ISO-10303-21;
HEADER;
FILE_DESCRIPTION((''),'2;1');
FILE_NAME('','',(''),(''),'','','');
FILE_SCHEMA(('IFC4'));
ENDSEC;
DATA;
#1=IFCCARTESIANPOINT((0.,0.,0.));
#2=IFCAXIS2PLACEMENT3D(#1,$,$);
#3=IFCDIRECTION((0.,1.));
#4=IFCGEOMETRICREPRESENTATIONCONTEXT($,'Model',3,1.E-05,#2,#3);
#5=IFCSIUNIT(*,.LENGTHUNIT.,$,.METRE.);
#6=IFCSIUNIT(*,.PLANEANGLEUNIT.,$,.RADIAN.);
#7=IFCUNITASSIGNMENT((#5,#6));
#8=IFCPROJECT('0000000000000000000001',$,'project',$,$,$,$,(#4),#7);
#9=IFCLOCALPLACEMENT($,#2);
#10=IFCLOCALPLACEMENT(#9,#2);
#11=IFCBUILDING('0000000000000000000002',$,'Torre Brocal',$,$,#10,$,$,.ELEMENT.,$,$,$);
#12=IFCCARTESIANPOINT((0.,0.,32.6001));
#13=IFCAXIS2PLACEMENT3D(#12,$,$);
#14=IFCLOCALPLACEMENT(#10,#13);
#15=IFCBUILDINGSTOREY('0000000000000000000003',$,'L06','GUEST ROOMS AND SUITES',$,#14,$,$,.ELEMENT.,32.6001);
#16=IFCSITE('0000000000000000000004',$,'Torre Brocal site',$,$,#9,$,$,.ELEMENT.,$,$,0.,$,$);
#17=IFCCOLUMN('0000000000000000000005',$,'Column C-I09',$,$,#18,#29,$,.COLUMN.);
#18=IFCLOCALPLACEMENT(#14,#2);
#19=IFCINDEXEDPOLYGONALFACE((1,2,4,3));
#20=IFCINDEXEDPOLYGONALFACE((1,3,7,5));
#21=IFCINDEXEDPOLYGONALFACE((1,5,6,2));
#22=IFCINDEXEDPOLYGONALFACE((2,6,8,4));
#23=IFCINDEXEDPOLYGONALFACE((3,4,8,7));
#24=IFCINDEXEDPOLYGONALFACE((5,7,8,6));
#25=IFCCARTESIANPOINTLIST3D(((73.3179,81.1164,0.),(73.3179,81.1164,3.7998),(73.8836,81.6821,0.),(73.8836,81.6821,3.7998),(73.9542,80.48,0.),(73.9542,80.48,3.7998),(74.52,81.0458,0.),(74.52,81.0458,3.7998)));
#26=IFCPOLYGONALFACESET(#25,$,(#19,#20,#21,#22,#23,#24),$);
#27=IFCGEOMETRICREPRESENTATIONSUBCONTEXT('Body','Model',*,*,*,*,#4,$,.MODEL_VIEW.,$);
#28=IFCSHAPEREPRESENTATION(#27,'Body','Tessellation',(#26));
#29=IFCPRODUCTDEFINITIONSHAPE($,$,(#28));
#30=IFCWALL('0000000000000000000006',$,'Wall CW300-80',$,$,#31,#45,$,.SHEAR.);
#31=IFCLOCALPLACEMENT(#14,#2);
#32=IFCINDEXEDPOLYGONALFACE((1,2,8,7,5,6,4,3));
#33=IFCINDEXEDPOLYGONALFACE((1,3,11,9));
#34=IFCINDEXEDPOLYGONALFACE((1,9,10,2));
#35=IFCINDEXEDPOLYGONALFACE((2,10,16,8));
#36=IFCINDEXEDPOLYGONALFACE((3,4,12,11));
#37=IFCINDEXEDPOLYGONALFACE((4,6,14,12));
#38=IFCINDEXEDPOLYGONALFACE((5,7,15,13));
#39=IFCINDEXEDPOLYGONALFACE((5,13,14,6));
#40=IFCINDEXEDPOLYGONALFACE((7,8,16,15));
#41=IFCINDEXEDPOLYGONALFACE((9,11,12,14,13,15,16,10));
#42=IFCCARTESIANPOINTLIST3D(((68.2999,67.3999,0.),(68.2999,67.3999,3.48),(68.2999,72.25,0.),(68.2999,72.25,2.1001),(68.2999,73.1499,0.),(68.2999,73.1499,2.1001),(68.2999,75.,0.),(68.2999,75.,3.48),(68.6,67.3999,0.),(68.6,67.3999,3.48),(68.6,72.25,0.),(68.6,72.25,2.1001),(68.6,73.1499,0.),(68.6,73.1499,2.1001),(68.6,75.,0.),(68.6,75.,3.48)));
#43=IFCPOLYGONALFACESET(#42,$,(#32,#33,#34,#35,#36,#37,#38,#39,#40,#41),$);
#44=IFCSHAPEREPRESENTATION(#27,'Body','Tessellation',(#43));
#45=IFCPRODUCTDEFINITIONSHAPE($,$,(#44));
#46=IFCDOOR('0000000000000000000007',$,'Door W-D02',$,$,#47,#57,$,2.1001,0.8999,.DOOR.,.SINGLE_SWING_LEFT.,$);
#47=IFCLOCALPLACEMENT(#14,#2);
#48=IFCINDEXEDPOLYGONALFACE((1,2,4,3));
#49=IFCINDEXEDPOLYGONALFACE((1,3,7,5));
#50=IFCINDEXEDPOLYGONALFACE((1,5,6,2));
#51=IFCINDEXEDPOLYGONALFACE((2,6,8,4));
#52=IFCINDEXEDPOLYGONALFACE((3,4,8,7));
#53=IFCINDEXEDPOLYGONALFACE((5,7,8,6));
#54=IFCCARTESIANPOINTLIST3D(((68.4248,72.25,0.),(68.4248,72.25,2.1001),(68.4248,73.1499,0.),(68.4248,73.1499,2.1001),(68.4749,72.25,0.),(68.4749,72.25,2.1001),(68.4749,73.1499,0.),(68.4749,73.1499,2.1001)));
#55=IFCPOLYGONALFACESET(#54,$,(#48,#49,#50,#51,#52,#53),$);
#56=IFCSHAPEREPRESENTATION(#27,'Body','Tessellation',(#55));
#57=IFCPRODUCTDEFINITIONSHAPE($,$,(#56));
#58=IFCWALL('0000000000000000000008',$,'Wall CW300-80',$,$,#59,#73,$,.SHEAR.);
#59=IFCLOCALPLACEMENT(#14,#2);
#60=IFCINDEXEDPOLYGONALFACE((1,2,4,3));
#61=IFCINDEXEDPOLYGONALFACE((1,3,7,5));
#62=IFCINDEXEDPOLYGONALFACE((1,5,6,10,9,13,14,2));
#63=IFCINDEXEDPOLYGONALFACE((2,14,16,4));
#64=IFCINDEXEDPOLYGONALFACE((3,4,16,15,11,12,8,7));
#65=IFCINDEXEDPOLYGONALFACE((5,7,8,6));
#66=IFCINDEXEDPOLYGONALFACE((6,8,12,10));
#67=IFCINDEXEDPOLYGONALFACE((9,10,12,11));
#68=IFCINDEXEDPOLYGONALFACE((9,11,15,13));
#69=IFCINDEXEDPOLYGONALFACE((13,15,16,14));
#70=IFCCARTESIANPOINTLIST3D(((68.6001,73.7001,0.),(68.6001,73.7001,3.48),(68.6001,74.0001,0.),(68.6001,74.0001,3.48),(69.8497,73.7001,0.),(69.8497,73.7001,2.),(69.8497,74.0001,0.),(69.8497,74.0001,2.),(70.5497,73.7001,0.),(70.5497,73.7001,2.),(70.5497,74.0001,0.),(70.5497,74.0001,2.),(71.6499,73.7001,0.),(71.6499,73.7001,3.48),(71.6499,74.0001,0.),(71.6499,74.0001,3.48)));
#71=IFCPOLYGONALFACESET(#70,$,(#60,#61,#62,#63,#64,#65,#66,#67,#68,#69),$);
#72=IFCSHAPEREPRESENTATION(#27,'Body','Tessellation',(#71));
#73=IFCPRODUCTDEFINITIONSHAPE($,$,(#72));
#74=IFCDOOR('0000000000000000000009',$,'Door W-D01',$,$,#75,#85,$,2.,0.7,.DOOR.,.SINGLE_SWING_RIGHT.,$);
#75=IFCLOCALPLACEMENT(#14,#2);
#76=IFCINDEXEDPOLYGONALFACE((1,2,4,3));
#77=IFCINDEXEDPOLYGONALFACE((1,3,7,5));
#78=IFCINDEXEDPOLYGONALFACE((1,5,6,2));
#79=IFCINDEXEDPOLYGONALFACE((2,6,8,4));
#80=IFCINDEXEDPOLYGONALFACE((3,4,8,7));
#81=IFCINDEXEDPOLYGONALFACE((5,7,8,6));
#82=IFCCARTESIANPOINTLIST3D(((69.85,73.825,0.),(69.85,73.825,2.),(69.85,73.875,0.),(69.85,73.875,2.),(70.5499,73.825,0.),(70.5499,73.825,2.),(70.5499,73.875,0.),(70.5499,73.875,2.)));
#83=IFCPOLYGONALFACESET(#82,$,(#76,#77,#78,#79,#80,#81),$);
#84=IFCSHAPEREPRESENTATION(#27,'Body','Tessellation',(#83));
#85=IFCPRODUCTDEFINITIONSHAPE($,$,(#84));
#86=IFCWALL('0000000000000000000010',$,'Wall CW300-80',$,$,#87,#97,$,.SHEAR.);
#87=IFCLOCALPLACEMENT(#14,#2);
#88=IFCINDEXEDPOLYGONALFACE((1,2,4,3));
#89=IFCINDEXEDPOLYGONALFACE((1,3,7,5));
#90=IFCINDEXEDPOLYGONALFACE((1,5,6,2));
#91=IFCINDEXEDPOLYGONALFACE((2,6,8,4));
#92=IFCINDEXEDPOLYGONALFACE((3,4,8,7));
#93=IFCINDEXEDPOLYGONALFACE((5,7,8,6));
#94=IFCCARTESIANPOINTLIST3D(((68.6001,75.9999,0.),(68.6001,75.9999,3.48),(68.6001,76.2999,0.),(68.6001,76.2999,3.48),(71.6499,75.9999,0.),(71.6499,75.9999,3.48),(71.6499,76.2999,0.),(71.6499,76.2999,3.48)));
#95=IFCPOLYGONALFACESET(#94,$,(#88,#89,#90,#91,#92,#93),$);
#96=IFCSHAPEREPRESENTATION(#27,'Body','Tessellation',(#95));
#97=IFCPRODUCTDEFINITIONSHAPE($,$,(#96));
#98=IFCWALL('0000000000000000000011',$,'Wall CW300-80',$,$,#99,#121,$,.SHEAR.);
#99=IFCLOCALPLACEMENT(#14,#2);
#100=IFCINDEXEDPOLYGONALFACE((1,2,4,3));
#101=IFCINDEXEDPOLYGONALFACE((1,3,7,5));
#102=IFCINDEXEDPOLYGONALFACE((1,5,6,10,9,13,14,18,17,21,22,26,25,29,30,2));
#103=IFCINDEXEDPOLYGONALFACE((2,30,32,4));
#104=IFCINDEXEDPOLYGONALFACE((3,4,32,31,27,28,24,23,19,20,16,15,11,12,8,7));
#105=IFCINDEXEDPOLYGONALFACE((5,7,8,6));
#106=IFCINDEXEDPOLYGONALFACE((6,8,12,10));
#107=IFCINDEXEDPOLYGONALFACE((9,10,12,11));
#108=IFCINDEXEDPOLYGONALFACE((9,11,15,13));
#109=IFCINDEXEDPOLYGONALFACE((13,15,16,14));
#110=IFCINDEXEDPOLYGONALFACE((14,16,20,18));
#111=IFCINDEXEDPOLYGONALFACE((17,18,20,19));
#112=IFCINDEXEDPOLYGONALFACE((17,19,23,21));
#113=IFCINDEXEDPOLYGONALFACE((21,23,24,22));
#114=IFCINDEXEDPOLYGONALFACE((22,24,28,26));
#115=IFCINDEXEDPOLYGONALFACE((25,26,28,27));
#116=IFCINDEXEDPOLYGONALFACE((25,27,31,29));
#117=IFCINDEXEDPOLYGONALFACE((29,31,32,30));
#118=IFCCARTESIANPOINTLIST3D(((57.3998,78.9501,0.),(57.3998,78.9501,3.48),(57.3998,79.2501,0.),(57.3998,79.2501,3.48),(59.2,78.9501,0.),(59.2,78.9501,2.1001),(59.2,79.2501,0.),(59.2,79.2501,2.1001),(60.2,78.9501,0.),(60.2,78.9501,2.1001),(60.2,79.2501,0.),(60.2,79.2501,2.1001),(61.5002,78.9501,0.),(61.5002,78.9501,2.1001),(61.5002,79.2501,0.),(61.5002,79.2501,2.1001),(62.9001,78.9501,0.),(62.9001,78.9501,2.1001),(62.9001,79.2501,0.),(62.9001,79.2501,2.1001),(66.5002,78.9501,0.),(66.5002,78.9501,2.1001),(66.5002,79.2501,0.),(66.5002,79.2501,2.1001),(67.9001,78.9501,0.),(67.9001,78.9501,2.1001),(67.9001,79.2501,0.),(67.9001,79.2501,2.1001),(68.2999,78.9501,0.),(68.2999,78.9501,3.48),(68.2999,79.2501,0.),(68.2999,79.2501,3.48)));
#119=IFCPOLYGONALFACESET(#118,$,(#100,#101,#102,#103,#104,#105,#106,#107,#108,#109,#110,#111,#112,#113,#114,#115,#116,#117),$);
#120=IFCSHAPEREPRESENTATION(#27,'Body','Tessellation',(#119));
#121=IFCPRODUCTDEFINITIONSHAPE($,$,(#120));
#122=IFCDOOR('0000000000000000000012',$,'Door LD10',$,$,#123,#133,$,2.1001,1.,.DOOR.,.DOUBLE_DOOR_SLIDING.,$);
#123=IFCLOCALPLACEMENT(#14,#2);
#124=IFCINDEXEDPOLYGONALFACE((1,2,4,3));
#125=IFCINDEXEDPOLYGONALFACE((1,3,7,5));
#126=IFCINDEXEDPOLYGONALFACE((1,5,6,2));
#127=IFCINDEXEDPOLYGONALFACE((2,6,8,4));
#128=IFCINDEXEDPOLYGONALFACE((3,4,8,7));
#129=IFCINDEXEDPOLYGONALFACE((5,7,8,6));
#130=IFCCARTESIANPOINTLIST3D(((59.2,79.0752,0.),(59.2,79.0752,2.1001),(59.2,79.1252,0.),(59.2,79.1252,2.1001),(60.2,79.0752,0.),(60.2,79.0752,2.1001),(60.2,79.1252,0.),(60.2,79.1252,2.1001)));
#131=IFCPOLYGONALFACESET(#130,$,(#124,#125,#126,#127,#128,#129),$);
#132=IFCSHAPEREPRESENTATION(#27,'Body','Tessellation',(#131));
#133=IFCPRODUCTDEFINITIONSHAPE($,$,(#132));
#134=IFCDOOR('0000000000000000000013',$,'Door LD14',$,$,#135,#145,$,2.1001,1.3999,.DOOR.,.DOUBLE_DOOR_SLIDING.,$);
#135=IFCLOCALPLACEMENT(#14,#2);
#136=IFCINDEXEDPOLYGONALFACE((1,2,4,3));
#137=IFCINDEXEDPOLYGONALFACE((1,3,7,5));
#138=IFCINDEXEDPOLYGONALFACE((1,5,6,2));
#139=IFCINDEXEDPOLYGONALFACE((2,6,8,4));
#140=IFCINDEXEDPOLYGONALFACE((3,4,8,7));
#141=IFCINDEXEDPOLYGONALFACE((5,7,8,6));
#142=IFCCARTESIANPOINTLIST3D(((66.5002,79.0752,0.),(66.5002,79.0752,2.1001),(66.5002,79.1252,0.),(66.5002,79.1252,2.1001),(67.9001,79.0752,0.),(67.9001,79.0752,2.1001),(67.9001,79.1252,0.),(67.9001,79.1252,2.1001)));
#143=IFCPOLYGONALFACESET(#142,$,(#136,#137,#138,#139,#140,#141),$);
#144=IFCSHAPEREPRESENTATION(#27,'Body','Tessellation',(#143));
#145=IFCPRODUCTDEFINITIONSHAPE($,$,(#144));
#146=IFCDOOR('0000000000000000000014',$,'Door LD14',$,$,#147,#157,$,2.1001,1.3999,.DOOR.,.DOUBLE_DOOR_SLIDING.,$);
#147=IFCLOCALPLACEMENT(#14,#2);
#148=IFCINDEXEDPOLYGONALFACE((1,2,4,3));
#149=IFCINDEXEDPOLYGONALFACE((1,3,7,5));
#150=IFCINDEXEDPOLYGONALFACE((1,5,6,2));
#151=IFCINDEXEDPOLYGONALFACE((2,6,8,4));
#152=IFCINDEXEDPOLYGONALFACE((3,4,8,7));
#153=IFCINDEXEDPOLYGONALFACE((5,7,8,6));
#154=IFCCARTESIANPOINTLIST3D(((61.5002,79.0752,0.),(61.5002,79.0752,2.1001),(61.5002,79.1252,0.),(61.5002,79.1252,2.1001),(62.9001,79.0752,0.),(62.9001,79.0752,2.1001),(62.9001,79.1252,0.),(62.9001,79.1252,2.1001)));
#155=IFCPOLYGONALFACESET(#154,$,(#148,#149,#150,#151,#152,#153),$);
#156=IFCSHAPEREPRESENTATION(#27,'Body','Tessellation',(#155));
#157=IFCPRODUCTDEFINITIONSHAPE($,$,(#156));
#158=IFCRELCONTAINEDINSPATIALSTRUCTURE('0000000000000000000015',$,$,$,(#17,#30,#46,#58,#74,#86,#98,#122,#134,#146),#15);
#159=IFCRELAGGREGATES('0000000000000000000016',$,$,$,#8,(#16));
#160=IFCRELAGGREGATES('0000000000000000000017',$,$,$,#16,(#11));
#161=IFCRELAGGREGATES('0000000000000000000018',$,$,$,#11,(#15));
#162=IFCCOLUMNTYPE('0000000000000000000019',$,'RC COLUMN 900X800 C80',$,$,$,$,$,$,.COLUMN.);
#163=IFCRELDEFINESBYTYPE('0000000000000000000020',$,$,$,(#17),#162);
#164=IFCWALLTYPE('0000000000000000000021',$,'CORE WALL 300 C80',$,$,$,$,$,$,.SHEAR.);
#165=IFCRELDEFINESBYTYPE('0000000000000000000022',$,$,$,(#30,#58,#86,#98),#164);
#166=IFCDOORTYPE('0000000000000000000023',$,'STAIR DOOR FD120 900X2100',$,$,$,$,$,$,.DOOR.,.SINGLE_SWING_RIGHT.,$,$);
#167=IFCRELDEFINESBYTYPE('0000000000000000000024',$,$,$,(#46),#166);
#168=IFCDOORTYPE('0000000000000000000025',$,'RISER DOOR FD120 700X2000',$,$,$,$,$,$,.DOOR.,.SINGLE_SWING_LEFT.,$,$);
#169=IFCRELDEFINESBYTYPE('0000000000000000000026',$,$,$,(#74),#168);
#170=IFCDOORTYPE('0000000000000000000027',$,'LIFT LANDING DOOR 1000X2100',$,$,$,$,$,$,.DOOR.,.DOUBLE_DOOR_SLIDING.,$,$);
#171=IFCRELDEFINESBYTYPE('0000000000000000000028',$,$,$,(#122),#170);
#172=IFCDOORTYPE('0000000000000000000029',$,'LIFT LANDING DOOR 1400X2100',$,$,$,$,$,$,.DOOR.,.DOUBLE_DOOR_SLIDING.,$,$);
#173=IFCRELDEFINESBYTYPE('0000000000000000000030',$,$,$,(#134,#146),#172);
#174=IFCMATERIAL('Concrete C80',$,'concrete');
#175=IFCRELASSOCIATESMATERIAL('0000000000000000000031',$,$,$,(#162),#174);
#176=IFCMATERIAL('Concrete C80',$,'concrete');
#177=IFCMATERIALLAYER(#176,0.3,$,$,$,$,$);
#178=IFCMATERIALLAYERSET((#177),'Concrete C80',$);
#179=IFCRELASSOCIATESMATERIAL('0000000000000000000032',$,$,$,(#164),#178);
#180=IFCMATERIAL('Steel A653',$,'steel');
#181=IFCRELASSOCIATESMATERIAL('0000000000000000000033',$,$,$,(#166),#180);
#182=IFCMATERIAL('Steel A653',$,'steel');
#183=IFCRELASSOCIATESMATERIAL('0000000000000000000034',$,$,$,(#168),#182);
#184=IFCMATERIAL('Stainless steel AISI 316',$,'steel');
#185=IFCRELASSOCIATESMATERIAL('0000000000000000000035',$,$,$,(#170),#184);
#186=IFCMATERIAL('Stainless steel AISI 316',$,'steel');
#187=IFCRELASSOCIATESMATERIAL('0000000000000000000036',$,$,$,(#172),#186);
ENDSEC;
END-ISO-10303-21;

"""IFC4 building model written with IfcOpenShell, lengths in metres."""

from ifc_helpers import new_model, si_unit, direction, frame, frame_2d, origin, origin_2d, place, context, subcontext, project, spatial, rectangle, extrude, material, layer, layer_set, material_profile, profile_set, type_object, element, fill, save


model = new_model("IFC4")

# Units and contexts
model_context = context("Model", 3, precision=1e-05, world=origin(), true_north=direction((0.0, 1.0)))
body_context = subcontext(model_context, "Body", "Model", "MODEL_VIEW")
ifc_project = project(units=[si_unit("LENGTHUNIT", "METRE"), si_unit("PLANEANGLEUNIT", "RADIAN")], contexts=[model_context])

# Site, building, storey
site_placement = place(None, origin())
site = spatial("IfcSite", under=ifc_project, at=site_placement, Name="Torre Brocal site", CompositionType="ELEMENT", RefElevation=0.0)
building_placement = place(site_placement, origin())
building = spatial("IfcBuilding", under=site, at=building_placement, Name="Torre Brocal", CompositionType="ELEMENT")
storey_placement = place(building_placement, frame((0.0, 0.0, 32.6001)))
storey = spatial("IfcBuildingStorey", under=building, at=storey_placement, Name="L06", Description="GUEST ROOMS AND SUITES", CompositionType="ELEMENT", Elevation=32.6001)

# Column
ifc_material_1 = material(Name="Concrete C80", Category="concrete")
ifc_material_profile = material_profile(ifc_material_1, rectangle(XDim=0.8999, YDim=0.8, at=origin_2d()), Name="RC 900X800")
ifc_profile_set = profile_set([ifc_material_profile], Name="Concrete C80")
column_type = type_object("IfcColumnType", Name="RC COLUMN 900X800 C80", PredefinedType="COLUMN", material=ifc_profile_set)
column_placement = place(storey_placement, frame((73.9189, 81.0811, 0.0), z_axis=(0.0, 0.0, 1.0), x_axis=(-0.707107, 0.707107, 0.0)))
element("IfcColumn", 1, at=column_placement, inside=storey, type_object=column_type, Name="Column C-I09", PredefinedType="COLUMN", context=body_context, shape_type="SweptSolid", body=[
    extrude(rectangle(XDim=0.8999, YDim=0.8, at=origin_2d()), origin(), (0.0, 0.0, 1.0), 3.7998),
])

# Walls, openings, doors
ifc_material_2 = material(Name="Concrete C80", Category="concrete")
ifc_layer_1 = layer(ifc_material_2, 0.3)
ifc_layer_set_1 = layer_set([ifc_layer_1], Name="Concrete C80")
wall_type_1 = type_object("IfcWallType", Name="CORE WALL 300 C80", PredefinedType="SHEAR", material=ifc_layer_set_1)
wall_1_placement = place(storey_placement, frame((68.45, 75.0, 0.0), z_axis=(0.0, 0.0, 1.0), x_axis=(0.0, -1.0, 0.0)))
wall_1 = element("IfcWall", 2, at=wall_1_placement, inside=storey, type_object=wall_type_1, Name="Wall CW300-80", PredefinedType="SHEAR", context=body_context, shape_type="SweptSolid", body=[
    extrude(rectangle(XDim=7.6001, YDim=0.3, at=frame_2d((3.8, 0.0))), origin(), (0.0, 0.0, 1.0), 3.48),
])
opening_1_placement = place(wall_1_placement, frame((1.8501, 0.0, 0.0)))
opening_1 = element("IfcOpeningElement", 3, at=opening_1_placement, cuts=wall_1, PredefinedType="OPENING", context=body_context, shape_type="SweptSolid", body=[
    extrude(rectangle(XDim=0.8999, YDim=2.1001, at=frame_2d((0.45, 1.05))), frame((0.0, 0.1599, 0.0), z_axis=(0.0, -1.0, 0.0), x_axis=(1.0, 0.0, 0.0)), (0.0, 0.0, 1.0), 0.3201),
])
ifc_material_3 = material(Name="Steel A653", Category="steel")
door_type_1 = type_object("IfcDoorType", Name="STAIR DOOR FD120 900X2100", OperationType="SINGLE_SWING_RIGHT", PredefinedType="DOOR", material=ifc_material_3)
door_1_placement = place(opening_1_placement, origin())
door_1 = element("IfcDoor", 4, at=door_1_placement, inside=storey, type_object=door_type_1, Name="Door W-D02", OperationType="SINGLE_SWING_LEFT", OverallHeight=2.1001, OverallWidth=0.8999, PredefinedType="DOOR", context=body_context, shape_type="SweptSolid", body=[
    extrude(rectangle(XDim=0.8999, YDim=2.1001, at=frame_2d((0.45, 1.05))), frame((0.0, 0.0249, 0.0), z_axis=(0.0, -1.0, 0.0), x_axis=(1.0, 0.0, 0.0)), (0.0, 0.0, 1.0), 0.05),
])
fill(opening_1, door_1)
wall_2_placement = place(storey_placement, frame((71.6499, 73.8501, 0.0), z_axis=(0.0, 0.0, 1.0), x_axis=(-1.0, 0.0, 0.0)))
wall_2 = element("IfcWall", 5, at=wall_2_placement, inside=storey, type_object=wall_type_1, Name="Wall CW300-80", PredefinedType="SHEAR", context=body_context, shape_type="SweptSolid", body=[
    extrude(rectangle(XDim=3.0498, YDim=0.3, at=frame_2d((1.5249, 0.0))), origin(), (0.0, 0.0, 1.0), 3.48),
])
opening_2_placement = place(wall_2_placement, frame((1.1001, 0.0, 0.0)))
opening_2 = element("IfcOpeningElement", 6, at=opening_2_placement, cuts=wall_2, PredefinedType="OPENING", context=body_context, shape_type="SweptSolid", body=[
    extrude(rectangle(XDim=0.7, YDim=2.0, at=frame_2d((0.3501, 1.0))), frame((0.0, 0.1599, 0.0), z_axis=(0.0, -1.0, 0.0), x_axis=(1.0, 0.0, 0.0)), (0.0, 0.0, 1.0), 0.3201),
])
ifc_material_4 = material(Name="Steel A653", Category="steel")
door_type_2 = type_object("IfcDoorType", Name="RISER DOOR FD120 700X2000", OperationType="SINGLE_SWING_LEFT", PredefinedType="DOOR", material=ifc_material_4)
door_2_placement = place(opening_2_placement, frame((0.7, 0.0, 0.0), z_axis=(0.0, 0.0, 1.0), x_axis=(-1.0, 0.0, 0.0)))
door_2 = element("IfcDoor", 7, at=door_2_placement, inside=storey, type_object=door_type_2, Name="Door W-D01", OperationType="SINGLE_SWING_RIGHT", OverallHeight=2.0, OverallWidth=0.7, PredefinedType="DOOR", context=body_context, shape_type="SweptSolid", body=[
    extrude(rectangle(XDim=0.7, YDim=2.0, at=frame_2d((0.3501, 1.0))), frame((0.0, 0.0249, 0.0), z_axis=(0.0, -1.0, 0.0), x_axis=(1.0, 0.0, 0.0)), (0.0, 0.0, 1.0), 0.05),
])
fill(opening_2, door_2)

# Wall
wall_3_placement = place(storey_placement, frame((71.6499, 76.1499, 0.0), z_axis=(0.0, 0.0, 1.0), x_axis=(-1.0, 0.0, 0.0)))
element("IfcWall", 8, at=wall_3_placement, inside=storey, type_object=wall_type_1, Name="Wall CW300-80", PredefinedType="SHEAR", context=body_context, shape_type="SweptSolid", body=[
    extrude(rectangle(XDim=3.0498, YDim=0.3, at=frame_2d((1.5249, 0.0))), origin(), (0.0, 0.0, 1.0), 3.48),
])

# Wall, openings, doors
wall_4_placement = place(storey_placement, frame((68.3, 79.1001, 0.0), z_axis=(0.0, 0.0, 1.0), x_axis=(-1.0, 0.0, 0.0)))
wall_4 = element("IfcWall", 9, at=wall_4_placement, inside=storey, type_object=wall_type_1, Name="Wall CW300-80", PredefinedType="SHEAR", context=body_context, shape_type="SweptSolid", body=[
    extrude(rectangle(XDim=10.9001, YDim=0.3, at=frame_2d((5.4502, 0.0))), origin(), (0.0, 0.0, 1.0), 3.48),
])
opening_3_placement = place(wall_4_placement, frame((0.3999, 0.0, 0.0)))
opening_3 = element("IfcOpeningElement", 10, at=opening_3_placement, cuts=wall_4, PredefinedType="OPENING", context=body_context, shape_type="SweptSolid", body=[
    extrude(rectangle(XDim=1.3999, YDim=2.1001, at=frame_2d((0.7, 1.05))), frame((0.0, 0.1599, 0.0), z_axis=(0.0, -1.0, 0.0), x_axis=(1.0, 0.0, 0.0)), (0.0, 0.0, 1.0), 0.3201),
])
opening_4_placement = place(wall_4_placement, frame((5.3999, 0.0, 0.0)))
opening_4 = element("IfcOpeningElement", 11, at=opening_4_placement, cuts=wall_4, PredefinedType="OPENING", context=body_context, shape_type="SweptSolid", body=[
    extrude(rectangle(XDim=1.3999, YDim=2.1001, at=frame_2d((0.7, 1.05))), frame((0.0, 0.1599, 0.0), z_axis=(0.0, -1.0, 0.0), x_axis=(1.0, 0.0, 0.0)), (0.0, 0.0, 1.0), 0.3201),
])
opening_5_placement = place(wall_4_placement, frame((8.1001, 0.0, 0.0)))
opening_5 = element("IfcOpeningElement", 12, at=opening_5_placement, cuts=wall_4, PredefinedType="OPENING", context=body_context, shape_type="SweptSolid", body=[
    extrude(rectangle(XDim=1.0, YDim=2.1001, at=frame_2d((0.5, 1.05))), frame((0.0, 0.1599, 0.0), z_axis=(0.0, -1.0, 0.0), x_axis=(1.0, 0.0, 0.0)), (0.0, 0.0, 1.0), 0.3201),
])
ifc_material_5 = material(Name="Stainless steel AISI 316", Category="steel")
door_type_3 = type_object("IfcDoorType", Name="LIFT LANDING DOOR 1000X2100", OperationType="DOUBLE_DOOR_SLIDING", PredefinedType="DOOR", material=ifc_material_5)
door_3_placement = place(opening_5_placement, origin())
door_3 = element("IfcDoor", 13, at=door_3_placement, inside=storey, type_object=door_type_3, Name="Door LD10", OperationType="DOUBLE_DOOR_SLIDING", OverallHeight=2.1001, OverallWidth=1.0, PredefinedType="DOOR", context=body_context, shape_type="SweptSolid", body=[
    extrude(rectangle(XDim=1.0, YDim=2.1001, at=frame_2d((0.5, 1.05))), frame((0.0, 0.0249, 0.0), z_axis=(0.0, -1.0, 0.0), x_axis=(1.0, 0.0, 0.0)), (0.0, 0.0, 1.0), 0.05),
])
fill(opening_5, door_3)
ifc_material_6 = material(Name="Stainless steel AISI 316", Category="steel")
door_type_4 = type_object("IfcDoorType", Name="LIFT LANDING DOOR 1400X2100", OperationType="DOUBLE_DOOR_SLIDING", PredefinedType="DOOR", material=ifc_material_6)
door_4_placement = place(opening_3_placement, origin())
door_4 = element("IfcDoor", 14, at=door_4_placement, inside=storey, type_object=door_type_4, Name="Door LD14", OperationType="DOUBLE_DOOR_SLIDING", OverallHeight=2.1001, OverallWidth=1.3999, PredefinedType="DOOR", context=body_context, shape_type="SweptSolid", body=[
    extrude(rectangle(XDim=1.3999, YDim=2.1001, at=frame_2d((0.7, 1.05))), frame((0.0, 0.0249, 0.0), z_axis=(0.0, -1.0, 0.0), x_axis=(1.0, 0.0, 0.0)), (0.0, 0.0, 1.0), 0.05),
])
fill(opening_3, door_4)
door_5_placement = place(opening_4_placement, origin())
door_5 = element("IfcDoor", 15, at=door_5_placement, inside=storey, type_object=door_type_4, Name="Door LD14", OperationType="DOUBLE_DOOR_SLIDING", OverallHeight=2.1001, OverallWidth=1.3999, PredefinedType="DOOR", context=body_context, shape_type="SweptSolid", body=[
    extrude(rectangle(XDim=1.3999, YDim=2.1001, at=frame_2d((0.7, 1.05))), frame((0.0, 0.0249, 0.0), z_axis=(0.0, -1.0, 0.0), x_axis=(1.0, 0.0, 0.0)), (0.0, 0.0, 1.0), 0.05),
])
fill(opening_4, door_5)

save(model, "model.ifc")
